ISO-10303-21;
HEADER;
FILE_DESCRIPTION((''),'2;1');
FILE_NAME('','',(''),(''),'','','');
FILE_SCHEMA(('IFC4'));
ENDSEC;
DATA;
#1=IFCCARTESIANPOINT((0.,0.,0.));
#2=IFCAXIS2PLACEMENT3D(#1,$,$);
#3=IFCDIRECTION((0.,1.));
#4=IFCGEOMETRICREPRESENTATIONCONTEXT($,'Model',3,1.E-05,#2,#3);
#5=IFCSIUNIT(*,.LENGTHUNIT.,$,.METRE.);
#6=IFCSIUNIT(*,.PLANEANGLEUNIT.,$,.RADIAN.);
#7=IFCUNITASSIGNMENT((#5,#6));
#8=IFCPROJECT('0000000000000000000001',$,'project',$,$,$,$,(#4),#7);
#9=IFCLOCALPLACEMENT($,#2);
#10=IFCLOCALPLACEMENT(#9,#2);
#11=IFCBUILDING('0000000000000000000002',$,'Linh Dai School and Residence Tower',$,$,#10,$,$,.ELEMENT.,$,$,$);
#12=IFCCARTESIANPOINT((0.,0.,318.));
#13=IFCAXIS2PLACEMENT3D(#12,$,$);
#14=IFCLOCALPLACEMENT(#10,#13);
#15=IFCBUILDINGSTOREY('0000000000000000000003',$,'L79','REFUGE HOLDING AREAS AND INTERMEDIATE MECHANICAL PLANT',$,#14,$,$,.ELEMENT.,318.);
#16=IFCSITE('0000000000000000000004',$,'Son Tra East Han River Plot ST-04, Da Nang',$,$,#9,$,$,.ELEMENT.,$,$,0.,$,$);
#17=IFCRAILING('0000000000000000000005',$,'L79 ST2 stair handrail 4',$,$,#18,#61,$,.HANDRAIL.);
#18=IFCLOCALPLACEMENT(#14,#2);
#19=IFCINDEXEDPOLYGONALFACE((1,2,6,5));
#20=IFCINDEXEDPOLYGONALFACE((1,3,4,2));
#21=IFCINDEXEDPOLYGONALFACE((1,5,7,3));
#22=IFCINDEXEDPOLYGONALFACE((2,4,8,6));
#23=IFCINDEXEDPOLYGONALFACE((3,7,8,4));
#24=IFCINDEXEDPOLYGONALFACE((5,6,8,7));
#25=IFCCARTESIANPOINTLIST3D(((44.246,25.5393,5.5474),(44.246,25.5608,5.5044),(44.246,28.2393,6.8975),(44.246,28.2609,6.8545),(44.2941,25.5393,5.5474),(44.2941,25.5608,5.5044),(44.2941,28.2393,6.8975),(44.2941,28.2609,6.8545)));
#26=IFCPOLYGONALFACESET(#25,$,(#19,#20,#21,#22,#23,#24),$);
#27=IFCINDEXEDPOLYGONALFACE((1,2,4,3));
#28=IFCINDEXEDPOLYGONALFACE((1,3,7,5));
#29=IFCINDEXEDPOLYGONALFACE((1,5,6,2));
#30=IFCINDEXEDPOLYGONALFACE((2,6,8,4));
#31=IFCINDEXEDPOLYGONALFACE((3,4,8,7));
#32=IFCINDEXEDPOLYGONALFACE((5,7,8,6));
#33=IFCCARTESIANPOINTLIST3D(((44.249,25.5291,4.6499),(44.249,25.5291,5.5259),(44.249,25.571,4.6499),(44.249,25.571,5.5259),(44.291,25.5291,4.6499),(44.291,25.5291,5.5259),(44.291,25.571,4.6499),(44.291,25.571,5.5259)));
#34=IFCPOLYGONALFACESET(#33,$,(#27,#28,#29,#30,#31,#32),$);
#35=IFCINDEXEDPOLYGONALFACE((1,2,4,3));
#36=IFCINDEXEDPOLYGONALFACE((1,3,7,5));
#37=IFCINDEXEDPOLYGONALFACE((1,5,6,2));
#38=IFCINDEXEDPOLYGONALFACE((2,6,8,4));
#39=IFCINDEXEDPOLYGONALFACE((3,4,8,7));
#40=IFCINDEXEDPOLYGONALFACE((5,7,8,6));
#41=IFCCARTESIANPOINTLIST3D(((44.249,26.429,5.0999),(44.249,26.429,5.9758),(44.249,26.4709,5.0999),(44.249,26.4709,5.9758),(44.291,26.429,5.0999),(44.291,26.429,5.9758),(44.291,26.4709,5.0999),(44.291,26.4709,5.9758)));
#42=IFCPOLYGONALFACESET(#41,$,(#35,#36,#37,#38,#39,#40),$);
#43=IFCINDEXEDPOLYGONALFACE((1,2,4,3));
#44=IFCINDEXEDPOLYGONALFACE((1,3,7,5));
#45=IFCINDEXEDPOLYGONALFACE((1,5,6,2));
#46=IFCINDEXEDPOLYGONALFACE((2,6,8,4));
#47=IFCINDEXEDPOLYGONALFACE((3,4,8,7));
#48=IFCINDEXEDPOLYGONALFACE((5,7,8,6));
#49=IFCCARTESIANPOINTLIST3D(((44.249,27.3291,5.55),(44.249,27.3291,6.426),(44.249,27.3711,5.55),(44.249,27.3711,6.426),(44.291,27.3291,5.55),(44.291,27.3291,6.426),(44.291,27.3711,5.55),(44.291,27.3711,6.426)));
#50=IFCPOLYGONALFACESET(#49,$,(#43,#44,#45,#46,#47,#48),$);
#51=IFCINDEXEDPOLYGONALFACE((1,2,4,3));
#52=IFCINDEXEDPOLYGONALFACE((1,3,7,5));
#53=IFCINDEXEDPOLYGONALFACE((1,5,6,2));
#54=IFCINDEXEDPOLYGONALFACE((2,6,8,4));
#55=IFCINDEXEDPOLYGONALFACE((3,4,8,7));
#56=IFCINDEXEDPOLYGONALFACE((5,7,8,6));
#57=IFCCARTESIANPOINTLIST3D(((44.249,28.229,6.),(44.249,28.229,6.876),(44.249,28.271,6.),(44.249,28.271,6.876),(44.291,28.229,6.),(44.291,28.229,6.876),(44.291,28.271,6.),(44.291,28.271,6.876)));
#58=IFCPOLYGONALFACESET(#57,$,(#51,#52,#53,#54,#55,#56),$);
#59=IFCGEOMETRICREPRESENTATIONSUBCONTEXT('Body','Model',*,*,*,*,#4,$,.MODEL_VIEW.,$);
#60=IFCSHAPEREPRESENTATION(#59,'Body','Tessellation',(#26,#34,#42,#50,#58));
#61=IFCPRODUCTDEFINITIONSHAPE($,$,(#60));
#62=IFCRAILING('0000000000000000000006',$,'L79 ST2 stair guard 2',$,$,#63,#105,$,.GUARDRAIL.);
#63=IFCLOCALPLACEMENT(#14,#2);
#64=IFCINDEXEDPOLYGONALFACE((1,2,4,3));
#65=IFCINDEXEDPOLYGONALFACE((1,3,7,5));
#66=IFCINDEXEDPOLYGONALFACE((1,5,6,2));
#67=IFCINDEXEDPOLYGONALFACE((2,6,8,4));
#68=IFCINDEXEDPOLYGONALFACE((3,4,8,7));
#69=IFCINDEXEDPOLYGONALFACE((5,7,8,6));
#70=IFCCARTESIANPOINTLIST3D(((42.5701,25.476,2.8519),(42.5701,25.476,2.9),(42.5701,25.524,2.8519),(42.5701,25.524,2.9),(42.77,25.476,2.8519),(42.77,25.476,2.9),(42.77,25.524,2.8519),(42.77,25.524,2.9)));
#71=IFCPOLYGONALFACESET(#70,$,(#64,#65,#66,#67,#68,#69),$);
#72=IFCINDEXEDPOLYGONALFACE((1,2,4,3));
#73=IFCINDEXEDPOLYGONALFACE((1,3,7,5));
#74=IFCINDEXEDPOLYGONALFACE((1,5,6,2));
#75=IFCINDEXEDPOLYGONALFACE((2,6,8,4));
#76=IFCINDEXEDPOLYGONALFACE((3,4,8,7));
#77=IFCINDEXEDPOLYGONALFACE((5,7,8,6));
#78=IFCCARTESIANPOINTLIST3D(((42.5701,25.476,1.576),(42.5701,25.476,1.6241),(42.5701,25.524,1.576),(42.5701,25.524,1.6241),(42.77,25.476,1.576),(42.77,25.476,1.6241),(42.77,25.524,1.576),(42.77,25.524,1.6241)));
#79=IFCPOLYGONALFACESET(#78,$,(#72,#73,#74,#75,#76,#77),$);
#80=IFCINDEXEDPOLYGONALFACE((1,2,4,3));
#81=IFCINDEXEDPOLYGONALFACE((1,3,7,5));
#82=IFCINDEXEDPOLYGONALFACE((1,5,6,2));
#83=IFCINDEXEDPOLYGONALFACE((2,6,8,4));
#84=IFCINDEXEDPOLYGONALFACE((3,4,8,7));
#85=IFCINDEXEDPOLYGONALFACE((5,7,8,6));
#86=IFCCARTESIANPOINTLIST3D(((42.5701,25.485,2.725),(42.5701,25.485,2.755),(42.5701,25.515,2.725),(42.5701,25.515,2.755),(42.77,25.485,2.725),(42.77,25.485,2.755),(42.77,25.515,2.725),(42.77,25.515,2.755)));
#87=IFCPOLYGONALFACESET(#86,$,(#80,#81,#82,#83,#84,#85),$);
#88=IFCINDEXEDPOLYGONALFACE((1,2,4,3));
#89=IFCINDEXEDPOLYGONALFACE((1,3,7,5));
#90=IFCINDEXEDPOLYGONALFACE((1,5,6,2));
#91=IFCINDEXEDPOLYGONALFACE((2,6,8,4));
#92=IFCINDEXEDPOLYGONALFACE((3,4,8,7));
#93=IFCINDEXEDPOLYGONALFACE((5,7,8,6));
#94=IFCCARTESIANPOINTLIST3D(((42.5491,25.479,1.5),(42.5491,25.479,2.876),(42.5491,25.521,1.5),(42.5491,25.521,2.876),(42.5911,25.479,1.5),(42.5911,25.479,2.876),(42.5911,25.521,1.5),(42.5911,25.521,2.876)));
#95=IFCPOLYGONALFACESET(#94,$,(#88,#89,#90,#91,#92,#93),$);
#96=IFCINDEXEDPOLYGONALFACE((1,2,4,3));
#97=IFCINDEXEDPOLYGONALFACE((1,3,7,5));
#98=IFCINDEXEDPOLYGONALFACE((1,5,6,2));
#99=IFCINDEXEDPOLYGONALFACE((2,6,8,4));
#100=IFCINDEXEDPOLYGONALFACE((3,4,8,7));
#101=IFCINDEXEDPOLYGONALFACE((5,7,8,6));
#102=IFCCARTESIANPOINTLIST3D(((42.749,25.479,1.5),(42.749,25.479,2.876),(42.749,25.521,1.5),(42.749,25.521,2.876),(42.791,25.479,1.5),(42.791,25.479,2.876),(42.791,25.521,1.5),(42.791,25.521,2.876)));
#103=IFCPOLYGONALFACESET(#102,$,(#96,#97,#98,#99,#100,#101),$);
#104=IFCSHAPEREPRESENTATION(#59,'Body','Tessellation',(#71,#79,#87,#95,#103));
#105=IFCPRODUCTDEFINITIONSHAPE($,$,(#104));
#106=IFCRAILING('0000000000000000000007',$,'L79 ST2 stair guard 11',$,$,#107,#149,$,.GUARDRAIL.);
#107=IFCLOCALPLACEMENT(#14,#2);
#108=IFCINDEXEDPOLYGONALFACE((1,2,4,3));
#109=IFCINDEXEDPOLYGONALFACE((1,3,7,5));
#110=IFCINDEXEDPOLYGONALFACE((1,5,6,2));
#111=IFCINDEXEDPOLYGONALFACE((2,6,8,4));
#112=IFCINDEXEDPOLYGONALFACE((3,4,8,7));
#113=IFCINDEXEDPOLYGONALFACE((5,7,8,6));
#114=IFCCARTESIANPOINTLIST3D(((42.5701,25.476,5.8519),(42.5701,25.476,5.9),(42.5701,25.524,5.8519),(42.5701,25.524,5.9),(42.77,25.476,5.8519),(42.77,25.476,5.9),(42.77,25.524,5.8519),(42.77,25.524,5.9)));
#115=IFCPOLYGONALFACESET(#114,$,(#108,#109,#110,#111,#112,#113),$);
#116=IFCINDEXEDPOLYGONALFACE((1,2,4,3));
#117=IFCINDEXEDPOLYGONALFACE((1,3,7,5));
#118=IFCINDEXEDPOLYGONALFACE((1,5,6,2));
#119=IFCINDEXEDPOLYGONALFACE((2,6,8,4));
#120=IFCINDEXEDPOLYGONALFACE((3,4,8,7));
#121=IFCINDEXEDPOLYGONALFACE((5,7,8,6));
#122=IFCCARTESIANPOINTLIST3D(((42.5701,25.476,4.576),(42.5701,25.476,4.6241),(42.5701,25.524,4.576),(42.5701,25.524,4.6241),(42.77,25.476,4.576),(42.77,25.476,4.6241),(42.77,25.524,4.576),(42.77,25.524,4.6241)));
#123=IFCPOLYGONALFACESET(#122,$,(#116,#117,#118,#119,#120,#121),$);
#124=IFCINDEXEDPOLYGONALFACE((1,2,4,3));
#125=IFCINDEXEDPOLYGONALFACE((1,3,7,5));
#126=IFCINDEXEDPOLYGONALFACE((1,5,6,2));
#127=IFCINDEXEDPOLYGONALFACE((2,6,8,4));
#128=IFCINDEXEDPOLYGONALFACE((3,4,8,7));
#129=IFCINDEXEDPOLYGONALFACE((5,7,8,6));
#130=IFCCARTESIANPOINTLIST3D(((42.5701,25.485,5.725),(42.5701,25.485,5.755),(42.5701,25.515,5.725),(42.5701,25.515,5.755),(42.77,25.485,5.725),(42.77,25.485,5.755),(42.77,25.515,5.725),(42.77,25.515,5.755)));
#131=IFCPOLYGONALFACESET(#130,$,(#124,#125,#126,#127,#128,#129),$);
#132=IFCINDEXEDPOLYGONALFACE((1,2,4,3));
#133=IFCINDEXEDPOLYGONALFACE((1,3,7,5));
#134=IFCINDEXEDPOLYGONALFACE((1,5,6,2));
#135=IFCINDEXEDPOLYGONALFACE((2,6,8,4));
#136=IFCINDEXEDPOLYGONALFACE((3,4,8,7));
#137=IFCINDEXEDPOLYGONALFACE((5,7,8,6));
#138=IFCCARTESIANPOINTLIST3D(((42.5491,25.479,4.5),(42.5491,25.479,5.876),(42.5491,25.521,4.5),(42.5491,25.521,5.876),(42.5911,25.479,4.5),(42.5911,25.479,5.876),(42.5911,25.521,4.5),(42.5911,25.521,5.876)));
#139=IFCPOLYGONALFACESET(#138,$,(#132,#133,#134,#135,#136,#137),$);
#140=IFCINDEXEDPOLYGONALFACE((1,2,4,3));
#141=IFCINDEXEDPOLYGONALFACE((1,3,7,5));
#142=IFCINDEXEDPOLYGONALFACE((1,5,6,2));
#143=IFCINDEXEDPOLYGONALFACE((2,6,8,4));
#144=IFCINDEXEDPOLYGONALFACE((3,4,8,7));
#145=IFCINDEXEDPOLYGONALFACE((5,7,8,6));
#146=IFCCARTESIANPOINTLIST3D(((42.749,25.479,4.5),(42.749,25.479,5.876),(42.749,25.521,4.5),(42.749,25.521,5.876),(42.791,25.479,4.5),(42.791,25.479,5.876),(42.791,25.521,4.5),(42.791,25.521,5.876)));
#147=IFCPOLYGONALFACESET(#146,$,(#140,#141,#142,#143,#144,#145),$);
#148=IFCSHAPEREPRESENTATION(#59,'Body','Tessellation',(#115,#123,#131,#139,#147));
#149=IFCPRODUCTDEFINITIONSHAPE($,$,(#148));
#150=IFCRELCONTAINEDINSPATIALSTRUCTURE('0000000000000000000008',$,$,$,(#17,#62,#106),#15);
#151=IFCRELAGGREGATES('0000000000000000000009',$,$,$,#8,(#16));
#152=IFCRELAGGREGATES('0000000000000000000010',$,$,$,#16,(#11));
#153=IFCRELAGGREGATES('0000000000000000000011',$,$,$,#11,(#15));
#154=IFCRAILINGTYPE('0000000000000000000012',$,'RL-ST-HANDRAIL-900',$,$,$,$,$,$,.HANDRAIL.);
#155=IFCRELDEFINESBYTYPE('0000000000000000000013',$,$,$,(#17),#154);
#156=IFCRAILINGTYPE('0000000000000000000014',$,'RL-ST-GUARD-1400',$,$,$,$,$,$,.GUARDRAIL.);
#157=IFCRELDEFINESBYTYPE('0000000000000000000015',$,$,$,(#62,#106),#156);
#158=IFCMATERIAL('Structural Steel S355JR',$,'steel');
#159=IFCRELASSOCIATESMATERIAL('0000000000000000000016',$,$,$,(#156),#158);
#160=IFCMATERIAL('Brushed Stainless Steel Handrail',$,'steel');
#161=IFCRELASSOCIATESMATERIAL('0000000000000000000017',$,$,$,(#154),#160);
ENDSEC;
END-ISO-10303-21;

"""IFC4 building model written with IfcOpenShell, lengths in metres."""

from ifc_helpers import new_model, si_unit, direction, frame, origin, origin_2d, place, context, subcontext, project, spatial, rectangle, extrude, source, transform, mapped, material, type_object, element, save


model = new_model("IFC4")

# Units and contexts
model_context = context("Model", 3, precision=1e-05, world=origin(), true_north=direction((0.0, 1.0)))
body_context = subcontext(model_context, "Body", "Model", "MODEL_VIEW")
ifc_project = project(units=[si_unit("LENGTHUNIT", "METRE"), si_unit("PLANEANGLEUNIT", "RADIAN")], contexts=[model_context])

# Site, building, storey
site_placement = place(None, origin())
site = spatial("IfcSite", under=ifc_project, at=site_placement, Name="Son Tra East Han River Plot ST-04, Da Nang", CompositionType="ELEMENT", RefElevation=0.0)
building_placement = place(site_placement, origin())
building = spatial("IfcBuilding", under=site, at=building_placement, Name="Linh Dai School and Residence Tower", CompositionType="ELEMENT")
storey_placement = place(building_placement, frame((0.0, 0.0, 318.0)))
storey = spatial("IfcBuildingStorey", under=building, at=storey_placement, Name="L79", Description="REFUGE HOLDING AREAS AND INTERMEDIATE MECHANICAL PLANT", CompositionType="ELEMENT", Elevation=318.0)

# Shared definitions
ifc_material_1 = material(Name="Structural Steel S355JR", Category="steel")

# Railings
railing_type_1 = type_object("IfcRailingType", Name="RL-ST-GUARD-1400", PredefinedType="GUARDRAIL", material=ifc_material_1)
ifc_material_2 = material(Name="Brushed Stainless Steel Handrail", Category="steel")
railing_type_2 = type_object("IfcRailingType", Name="RL-ST-HANDRAIL-900", PredefinedType="HANDRAIL", material=ifc_material_2)
shared_shape_1 = source(origin(), body_context, "Body", "SweptSolid", [
    extrude(rectangle(XDim=0.0481, YDim=0.0481, at=origin_2d()), frame((0.0, 0.0, 0.876), z_axis=(0.0, 0.894411, 0.447246), x_axis=(-1.0, 0.0, 0.0)), (0.0, 0.0, 1.0), 3.0188),
    extrude(rectangle(XDim=0.042, YDim=0.042, at=origin_2d()), origin(), (0.0, 0.0, 1.0), 0.876),
    extrude(rectangle(XDim=0.042, YDim=0.042, at=origin_2d()), frame((0.0, 0.8999, 0.45)), (0.0, 0.0, 1.0), 0.876),
    extrude(rectangle(XDim=0.042, YDim=0.042, at=origin_2d()), frame((0.0, 1.8, 0.9001)), (0.0, 0.0, 1.0), 0.876),
    extrude(rectangle(XDim=0.042, YDim=0.042, at=origin_2d()), frame((0.0, 2.7, 1.3501)), (0.0, 0.0, 1.0), 0.876),
])
for number, where, name in (
    (1, (44.27, 25.55, 4.6499), "L79 ST2 stair handrail 4"),
):
    element("IfcRailing", number, at=place(storey_placement, frame(where)), inside=storey, type_object=railing_type_2, Name=name, PredefinedType="HANDRAIL", context=body_context, shape_type="MappedRepresentation", body=[
        mapped(shared_shape_1, transform((0.0, 0.0, 0.0), x_axis=(1.0, 0.0, 0.0), y_axis=(0.0, 1.0, 0.0), z_axis=(0.0, 0.0, 1.0), scale=1.0)),
    ])
shared_shape_2 = source(origin(), body_context, "Body", "SweptSolid", [
    extrude(rectangle(XDim=0.0481, YDim=0.0481, at=origin_2d()), frame((0.0, 0.0, 1.376), z_axis=(1.0, 0.0, 0.0), x_axis=(0.0, 1.0, 0.0)), (0.0, 0.0, 1.0), 0.2),
    extrude(rectangle(XDim=0.0481, YDim=0.0481, at=origin_2d()), frame((0.0, 0.0, 0.1001), z_axis=(1.0, 0.0, 0.0), x_axis=(0.0, 1.0, 0.0)), (0.0, 0.0, 1.0), 0.2),
    extrude(rectangle(XDim=0.03, YDim=0.03, at=origin_2d()), frame((0.0, 0.0, 1.24), z_axis=(1.0, 0.0, 0.0), x_axis=(0.0, 1.0, 0.0)), (0.0, 0.0, 1.0), 0.2),
    extrude(rectangle(XDim=0.042, YDim=0.042, at=origin_2d()), origin(), (0.0, 0.0, 1.0), 1.376),
    extrude(rectangle(XDim=0.042, YDim=0.042, at=origin_2d()), frame((0.2, 0.0, 0.0)), (0.0, 0.0, 1.0), 1.376),
])
for number, where, name in (
    (2, (42.5701, 25.5, 1.5), "L79 ST2 stair guard 2"),
    (3, (42.5701, 25.5, 4.5), "L79 ST2 stair guard 11"),
):
    element("IfcRailing", number, at=place(storey_placement, frame(where)), inside=storey, type_object=railing_type_1, Name=name, PredefinedType="GUARDRAIL", context=body_context, shape_type="MappedRepresentation", body=[
        mapped(shared_shape_2, transform((0.0, 0.0, 0.0), x_axis=(1.0, 0.0, 0.0), y_axis=(0.0, 1.0, 0.0), z_axis=(0.0, 0.0, 1.0), scale=1.0)),
    ])

save(model, "model.ifc")
